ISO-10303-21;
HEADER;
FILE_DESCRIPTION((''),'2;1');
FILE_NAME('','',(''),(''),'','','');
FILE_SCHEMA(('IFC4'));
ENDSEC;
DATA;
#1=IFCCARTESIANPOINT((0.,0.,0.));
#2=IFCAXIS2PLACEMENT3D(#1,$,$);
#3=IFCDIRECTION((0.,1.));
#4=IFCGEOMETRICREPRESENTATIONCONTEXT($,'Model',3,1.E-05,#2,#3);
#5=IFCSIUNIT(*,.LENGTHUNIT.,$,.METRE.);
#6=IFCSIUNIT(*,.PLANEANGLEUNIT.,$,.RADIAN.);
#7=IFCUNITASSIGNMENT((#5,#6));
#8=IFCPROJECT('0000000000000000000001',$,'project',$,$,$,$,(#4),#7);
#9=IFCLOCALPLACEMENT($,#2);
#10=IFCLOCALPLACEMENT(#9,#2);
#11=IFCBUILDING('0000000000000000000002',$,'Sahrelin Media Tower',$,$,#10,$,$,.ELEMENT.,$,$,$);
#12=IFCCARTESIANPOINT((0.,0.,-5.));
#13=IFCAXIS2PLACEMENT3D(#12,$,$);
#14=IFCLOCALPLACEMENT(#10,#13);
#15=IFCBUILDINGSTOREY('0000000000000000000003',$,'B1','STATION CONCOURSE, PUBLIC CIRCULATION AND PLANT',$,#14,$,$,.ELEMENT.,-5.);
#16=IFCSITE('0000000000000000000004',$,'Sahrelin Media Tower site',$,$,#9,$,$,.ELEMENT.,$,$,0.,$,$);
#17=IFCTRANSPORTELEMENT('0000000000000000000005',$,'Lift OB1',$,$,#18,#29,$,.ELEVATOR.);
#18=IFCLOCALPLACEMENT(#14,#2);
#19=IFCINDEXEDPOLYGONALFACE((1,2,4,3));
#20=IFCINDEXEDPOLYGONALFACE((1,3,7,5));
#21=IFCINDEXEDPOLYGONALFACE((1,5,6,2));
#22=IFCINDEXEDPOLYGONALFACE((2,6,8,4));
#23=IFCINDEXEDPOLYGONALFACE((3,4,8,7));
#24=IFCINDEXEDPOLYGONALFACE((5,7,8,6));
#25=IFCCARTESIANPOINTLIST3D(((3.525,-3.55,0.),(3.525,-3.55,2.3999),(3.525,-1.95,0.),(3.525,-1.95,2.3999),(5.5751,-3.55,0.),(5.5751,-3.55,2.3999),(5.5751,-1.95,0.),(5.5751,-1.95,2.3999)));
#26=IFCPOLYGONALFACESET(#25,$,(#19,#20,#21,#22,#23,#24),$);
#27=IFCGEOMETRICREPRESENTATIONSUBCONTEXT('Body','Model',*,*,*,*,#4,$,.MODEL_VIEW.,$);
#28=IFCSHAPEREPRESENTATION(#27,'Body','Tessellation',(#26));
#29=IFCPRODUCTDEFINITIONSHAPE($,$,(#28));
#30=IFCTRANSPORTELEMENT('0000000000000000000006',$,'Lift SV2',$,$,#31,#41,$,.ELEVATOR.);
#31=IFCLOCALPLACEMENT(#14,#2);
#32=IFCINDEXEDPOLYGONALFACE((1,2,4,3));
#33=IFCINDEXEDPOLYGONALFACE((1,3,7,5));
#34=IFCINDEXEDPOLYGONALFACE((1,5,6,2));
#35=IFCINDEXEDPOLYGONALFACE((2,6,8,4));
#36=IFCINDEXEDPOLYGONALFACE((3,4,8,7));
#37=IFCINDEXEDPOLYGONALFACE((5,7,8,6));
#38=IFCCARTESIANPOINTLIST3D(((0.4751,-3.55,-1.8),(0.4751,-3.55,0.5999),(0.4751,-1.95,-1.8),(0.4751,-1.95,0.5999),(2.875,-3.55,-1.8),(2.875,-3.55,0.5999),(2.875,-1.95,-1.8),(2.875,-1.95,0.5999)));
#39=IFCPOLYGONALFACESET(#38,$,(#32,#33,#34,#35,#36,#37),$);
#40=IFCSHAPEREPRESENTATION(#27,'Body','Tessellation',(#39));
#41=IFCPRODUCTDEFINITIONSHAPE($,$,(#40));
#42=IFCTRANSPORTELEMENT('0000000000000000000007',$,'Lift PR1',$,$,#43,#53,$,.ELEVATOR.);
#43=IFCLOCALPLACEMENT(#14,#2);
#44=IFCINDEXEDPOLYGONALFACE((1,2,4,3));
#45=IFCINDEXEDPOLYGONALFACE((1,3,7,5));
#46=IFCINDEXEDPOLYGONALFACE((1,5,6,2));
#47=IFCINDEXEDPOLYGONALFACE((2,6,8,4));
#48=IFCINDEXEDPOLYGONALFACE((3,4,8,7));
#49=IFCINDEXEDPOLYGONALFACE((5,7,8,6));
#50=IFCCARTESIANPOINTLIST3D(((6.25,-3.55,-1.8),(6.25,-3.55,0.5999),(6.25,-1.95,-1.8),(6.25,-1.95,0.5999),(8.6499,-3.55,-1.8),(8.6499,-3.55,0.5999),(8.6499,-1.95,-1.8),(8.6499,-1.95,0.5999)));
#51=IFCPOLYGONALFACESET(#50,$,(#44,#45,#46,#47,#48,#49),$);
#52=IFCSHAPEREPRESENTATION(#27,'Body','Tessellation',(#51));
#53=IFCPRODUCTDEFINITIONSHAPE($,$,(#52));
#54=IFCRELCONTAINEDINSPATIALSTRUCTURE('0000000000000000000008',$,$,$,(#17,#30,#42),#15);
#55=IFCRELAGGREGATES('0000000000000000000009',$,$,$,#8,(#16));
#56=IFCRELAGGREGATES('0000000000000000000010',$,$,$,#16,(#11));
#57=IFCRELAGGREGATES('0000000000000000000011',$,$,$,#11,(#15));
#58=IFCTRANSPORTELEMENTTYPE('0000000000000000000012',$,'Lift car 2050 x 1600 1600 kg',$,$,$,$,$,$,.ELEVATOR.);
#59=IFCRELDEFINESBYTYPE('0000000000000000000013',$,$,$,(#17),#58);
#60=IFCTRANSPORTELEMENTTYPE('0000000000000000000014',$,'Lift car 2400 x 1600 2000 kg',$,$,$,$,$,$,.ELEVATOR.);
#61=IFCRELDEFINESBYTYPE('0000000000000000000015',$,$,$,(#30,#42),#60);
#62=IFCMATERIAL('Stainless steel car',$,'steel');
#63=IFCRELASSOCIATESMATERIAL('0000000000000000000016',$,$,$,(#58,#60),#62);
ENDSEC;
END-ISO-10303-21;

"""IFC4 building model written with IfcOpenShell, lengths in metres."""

from ifc_helpers import new_model, si_unit, direction, frame, origin, origin_2d, place, context, subcontext, project, spatial, rectangle, extrude, material, type_object, element, save


model = new_model("IFC4")

# Units and contexts
model_context = context("Model", 3, precision=1e-05, world=origin(), true_north=direction((0.0, 1.0)))
body_context = subcontext(model_context, "Body", "Model", "MODEL_VIEW")
ifc_project = project(units=[si_unit("LENGTHUNIT", "METRE"), si_unit("PLANEANGLEUNIT", "RADIAN")], contexts=[model_context])

# Site, building, storey
site_placement = place(None, origin())
site = spatial("IfcSite", under=ifc_project, at=site_placement, Name="Sahrelin Media Tower site", CompositionType="ELEMENT", RefElevation=0.0)
building_placement = place(site_placement, origin())
building = spatial("IfcBuilding", under=site, at=building_placement, Name="Sahrelin Media Tower", CompositionType="ELEMENT")
storey_placement = place(building_placement, frame((0.0, 0.0, -5.0)))
storey = spatial("IfcBuildingStorey", under=building, at=storey_placement, Name="B1", Description="STATION CONCOURSE, PUBLIC CIRCULATION AND PLANT", CompositionType="ELEMENT", Elevation=-5.0)

# Transport elements
ifc_material_1 = material(Name="Stainless steel car", Category="steel")
transport_element_type_1 = type_object("IfcTransportElementType", Name="Lift car 2050 x 1600 1600 kg", PredefinedType="ELEVATOR", material=ifc_material_1)
transport_element_placement = place(storey_placement, frame((4.55, -2.75, 0.0), z_axis=(0.0, 0.0, 1.0), x_axis=(1.0, 0.0, 0.0)))
element("IfcTransportElement", 1, at=transport_element_placement, inside=storey, type_object=transport_element_type_1, Name="Lift OB1", PredefinedType="ELEVATOR", context=body_context, shape_type="SweptSolid", body=[
    extrude(rectangle(XDim=2.05, YDim=1.6001, at=origin_2d()), origin(), (0.0, 0.0, 1.0), 2.3999),
])
transport_element_type_2 = type_object("IfcTransportElementType", Name="Lift car 2400 x 1600 2000 kg", PredefinedType="ELEVATOR", material=ifc_material_1)
for number, where, z_axis, x_axis, name in (
    (2, (1.675, -2.75, -1.8), (0.0, 0.0, 1.0), (1.0, 0.0, 0.0), "Lift SV2"),
    (3, (7.45, -2.75, -1.8), (0.0, 0.0, 1.0), (1.0, 0.0, 0.0), "Lift PR1"),
):
    element("IfcTransportElement", number, at=place(storey_placement, frame(where, z_axis=z_axis, x_axis=x_axis)), inside=storey, type_object=transport_element_type_2, Name=name, PredefinedType="ELEVATOR", context=body_context, shape_type="SweptSolid", body=[
        extrude(rectangle(XDim=2.3999, YDim=1.6001, at=origin_2d()), origin(), (0.0, 0.0, 1.0), 2.3999),
    ])

save(model, "model.ifc")
